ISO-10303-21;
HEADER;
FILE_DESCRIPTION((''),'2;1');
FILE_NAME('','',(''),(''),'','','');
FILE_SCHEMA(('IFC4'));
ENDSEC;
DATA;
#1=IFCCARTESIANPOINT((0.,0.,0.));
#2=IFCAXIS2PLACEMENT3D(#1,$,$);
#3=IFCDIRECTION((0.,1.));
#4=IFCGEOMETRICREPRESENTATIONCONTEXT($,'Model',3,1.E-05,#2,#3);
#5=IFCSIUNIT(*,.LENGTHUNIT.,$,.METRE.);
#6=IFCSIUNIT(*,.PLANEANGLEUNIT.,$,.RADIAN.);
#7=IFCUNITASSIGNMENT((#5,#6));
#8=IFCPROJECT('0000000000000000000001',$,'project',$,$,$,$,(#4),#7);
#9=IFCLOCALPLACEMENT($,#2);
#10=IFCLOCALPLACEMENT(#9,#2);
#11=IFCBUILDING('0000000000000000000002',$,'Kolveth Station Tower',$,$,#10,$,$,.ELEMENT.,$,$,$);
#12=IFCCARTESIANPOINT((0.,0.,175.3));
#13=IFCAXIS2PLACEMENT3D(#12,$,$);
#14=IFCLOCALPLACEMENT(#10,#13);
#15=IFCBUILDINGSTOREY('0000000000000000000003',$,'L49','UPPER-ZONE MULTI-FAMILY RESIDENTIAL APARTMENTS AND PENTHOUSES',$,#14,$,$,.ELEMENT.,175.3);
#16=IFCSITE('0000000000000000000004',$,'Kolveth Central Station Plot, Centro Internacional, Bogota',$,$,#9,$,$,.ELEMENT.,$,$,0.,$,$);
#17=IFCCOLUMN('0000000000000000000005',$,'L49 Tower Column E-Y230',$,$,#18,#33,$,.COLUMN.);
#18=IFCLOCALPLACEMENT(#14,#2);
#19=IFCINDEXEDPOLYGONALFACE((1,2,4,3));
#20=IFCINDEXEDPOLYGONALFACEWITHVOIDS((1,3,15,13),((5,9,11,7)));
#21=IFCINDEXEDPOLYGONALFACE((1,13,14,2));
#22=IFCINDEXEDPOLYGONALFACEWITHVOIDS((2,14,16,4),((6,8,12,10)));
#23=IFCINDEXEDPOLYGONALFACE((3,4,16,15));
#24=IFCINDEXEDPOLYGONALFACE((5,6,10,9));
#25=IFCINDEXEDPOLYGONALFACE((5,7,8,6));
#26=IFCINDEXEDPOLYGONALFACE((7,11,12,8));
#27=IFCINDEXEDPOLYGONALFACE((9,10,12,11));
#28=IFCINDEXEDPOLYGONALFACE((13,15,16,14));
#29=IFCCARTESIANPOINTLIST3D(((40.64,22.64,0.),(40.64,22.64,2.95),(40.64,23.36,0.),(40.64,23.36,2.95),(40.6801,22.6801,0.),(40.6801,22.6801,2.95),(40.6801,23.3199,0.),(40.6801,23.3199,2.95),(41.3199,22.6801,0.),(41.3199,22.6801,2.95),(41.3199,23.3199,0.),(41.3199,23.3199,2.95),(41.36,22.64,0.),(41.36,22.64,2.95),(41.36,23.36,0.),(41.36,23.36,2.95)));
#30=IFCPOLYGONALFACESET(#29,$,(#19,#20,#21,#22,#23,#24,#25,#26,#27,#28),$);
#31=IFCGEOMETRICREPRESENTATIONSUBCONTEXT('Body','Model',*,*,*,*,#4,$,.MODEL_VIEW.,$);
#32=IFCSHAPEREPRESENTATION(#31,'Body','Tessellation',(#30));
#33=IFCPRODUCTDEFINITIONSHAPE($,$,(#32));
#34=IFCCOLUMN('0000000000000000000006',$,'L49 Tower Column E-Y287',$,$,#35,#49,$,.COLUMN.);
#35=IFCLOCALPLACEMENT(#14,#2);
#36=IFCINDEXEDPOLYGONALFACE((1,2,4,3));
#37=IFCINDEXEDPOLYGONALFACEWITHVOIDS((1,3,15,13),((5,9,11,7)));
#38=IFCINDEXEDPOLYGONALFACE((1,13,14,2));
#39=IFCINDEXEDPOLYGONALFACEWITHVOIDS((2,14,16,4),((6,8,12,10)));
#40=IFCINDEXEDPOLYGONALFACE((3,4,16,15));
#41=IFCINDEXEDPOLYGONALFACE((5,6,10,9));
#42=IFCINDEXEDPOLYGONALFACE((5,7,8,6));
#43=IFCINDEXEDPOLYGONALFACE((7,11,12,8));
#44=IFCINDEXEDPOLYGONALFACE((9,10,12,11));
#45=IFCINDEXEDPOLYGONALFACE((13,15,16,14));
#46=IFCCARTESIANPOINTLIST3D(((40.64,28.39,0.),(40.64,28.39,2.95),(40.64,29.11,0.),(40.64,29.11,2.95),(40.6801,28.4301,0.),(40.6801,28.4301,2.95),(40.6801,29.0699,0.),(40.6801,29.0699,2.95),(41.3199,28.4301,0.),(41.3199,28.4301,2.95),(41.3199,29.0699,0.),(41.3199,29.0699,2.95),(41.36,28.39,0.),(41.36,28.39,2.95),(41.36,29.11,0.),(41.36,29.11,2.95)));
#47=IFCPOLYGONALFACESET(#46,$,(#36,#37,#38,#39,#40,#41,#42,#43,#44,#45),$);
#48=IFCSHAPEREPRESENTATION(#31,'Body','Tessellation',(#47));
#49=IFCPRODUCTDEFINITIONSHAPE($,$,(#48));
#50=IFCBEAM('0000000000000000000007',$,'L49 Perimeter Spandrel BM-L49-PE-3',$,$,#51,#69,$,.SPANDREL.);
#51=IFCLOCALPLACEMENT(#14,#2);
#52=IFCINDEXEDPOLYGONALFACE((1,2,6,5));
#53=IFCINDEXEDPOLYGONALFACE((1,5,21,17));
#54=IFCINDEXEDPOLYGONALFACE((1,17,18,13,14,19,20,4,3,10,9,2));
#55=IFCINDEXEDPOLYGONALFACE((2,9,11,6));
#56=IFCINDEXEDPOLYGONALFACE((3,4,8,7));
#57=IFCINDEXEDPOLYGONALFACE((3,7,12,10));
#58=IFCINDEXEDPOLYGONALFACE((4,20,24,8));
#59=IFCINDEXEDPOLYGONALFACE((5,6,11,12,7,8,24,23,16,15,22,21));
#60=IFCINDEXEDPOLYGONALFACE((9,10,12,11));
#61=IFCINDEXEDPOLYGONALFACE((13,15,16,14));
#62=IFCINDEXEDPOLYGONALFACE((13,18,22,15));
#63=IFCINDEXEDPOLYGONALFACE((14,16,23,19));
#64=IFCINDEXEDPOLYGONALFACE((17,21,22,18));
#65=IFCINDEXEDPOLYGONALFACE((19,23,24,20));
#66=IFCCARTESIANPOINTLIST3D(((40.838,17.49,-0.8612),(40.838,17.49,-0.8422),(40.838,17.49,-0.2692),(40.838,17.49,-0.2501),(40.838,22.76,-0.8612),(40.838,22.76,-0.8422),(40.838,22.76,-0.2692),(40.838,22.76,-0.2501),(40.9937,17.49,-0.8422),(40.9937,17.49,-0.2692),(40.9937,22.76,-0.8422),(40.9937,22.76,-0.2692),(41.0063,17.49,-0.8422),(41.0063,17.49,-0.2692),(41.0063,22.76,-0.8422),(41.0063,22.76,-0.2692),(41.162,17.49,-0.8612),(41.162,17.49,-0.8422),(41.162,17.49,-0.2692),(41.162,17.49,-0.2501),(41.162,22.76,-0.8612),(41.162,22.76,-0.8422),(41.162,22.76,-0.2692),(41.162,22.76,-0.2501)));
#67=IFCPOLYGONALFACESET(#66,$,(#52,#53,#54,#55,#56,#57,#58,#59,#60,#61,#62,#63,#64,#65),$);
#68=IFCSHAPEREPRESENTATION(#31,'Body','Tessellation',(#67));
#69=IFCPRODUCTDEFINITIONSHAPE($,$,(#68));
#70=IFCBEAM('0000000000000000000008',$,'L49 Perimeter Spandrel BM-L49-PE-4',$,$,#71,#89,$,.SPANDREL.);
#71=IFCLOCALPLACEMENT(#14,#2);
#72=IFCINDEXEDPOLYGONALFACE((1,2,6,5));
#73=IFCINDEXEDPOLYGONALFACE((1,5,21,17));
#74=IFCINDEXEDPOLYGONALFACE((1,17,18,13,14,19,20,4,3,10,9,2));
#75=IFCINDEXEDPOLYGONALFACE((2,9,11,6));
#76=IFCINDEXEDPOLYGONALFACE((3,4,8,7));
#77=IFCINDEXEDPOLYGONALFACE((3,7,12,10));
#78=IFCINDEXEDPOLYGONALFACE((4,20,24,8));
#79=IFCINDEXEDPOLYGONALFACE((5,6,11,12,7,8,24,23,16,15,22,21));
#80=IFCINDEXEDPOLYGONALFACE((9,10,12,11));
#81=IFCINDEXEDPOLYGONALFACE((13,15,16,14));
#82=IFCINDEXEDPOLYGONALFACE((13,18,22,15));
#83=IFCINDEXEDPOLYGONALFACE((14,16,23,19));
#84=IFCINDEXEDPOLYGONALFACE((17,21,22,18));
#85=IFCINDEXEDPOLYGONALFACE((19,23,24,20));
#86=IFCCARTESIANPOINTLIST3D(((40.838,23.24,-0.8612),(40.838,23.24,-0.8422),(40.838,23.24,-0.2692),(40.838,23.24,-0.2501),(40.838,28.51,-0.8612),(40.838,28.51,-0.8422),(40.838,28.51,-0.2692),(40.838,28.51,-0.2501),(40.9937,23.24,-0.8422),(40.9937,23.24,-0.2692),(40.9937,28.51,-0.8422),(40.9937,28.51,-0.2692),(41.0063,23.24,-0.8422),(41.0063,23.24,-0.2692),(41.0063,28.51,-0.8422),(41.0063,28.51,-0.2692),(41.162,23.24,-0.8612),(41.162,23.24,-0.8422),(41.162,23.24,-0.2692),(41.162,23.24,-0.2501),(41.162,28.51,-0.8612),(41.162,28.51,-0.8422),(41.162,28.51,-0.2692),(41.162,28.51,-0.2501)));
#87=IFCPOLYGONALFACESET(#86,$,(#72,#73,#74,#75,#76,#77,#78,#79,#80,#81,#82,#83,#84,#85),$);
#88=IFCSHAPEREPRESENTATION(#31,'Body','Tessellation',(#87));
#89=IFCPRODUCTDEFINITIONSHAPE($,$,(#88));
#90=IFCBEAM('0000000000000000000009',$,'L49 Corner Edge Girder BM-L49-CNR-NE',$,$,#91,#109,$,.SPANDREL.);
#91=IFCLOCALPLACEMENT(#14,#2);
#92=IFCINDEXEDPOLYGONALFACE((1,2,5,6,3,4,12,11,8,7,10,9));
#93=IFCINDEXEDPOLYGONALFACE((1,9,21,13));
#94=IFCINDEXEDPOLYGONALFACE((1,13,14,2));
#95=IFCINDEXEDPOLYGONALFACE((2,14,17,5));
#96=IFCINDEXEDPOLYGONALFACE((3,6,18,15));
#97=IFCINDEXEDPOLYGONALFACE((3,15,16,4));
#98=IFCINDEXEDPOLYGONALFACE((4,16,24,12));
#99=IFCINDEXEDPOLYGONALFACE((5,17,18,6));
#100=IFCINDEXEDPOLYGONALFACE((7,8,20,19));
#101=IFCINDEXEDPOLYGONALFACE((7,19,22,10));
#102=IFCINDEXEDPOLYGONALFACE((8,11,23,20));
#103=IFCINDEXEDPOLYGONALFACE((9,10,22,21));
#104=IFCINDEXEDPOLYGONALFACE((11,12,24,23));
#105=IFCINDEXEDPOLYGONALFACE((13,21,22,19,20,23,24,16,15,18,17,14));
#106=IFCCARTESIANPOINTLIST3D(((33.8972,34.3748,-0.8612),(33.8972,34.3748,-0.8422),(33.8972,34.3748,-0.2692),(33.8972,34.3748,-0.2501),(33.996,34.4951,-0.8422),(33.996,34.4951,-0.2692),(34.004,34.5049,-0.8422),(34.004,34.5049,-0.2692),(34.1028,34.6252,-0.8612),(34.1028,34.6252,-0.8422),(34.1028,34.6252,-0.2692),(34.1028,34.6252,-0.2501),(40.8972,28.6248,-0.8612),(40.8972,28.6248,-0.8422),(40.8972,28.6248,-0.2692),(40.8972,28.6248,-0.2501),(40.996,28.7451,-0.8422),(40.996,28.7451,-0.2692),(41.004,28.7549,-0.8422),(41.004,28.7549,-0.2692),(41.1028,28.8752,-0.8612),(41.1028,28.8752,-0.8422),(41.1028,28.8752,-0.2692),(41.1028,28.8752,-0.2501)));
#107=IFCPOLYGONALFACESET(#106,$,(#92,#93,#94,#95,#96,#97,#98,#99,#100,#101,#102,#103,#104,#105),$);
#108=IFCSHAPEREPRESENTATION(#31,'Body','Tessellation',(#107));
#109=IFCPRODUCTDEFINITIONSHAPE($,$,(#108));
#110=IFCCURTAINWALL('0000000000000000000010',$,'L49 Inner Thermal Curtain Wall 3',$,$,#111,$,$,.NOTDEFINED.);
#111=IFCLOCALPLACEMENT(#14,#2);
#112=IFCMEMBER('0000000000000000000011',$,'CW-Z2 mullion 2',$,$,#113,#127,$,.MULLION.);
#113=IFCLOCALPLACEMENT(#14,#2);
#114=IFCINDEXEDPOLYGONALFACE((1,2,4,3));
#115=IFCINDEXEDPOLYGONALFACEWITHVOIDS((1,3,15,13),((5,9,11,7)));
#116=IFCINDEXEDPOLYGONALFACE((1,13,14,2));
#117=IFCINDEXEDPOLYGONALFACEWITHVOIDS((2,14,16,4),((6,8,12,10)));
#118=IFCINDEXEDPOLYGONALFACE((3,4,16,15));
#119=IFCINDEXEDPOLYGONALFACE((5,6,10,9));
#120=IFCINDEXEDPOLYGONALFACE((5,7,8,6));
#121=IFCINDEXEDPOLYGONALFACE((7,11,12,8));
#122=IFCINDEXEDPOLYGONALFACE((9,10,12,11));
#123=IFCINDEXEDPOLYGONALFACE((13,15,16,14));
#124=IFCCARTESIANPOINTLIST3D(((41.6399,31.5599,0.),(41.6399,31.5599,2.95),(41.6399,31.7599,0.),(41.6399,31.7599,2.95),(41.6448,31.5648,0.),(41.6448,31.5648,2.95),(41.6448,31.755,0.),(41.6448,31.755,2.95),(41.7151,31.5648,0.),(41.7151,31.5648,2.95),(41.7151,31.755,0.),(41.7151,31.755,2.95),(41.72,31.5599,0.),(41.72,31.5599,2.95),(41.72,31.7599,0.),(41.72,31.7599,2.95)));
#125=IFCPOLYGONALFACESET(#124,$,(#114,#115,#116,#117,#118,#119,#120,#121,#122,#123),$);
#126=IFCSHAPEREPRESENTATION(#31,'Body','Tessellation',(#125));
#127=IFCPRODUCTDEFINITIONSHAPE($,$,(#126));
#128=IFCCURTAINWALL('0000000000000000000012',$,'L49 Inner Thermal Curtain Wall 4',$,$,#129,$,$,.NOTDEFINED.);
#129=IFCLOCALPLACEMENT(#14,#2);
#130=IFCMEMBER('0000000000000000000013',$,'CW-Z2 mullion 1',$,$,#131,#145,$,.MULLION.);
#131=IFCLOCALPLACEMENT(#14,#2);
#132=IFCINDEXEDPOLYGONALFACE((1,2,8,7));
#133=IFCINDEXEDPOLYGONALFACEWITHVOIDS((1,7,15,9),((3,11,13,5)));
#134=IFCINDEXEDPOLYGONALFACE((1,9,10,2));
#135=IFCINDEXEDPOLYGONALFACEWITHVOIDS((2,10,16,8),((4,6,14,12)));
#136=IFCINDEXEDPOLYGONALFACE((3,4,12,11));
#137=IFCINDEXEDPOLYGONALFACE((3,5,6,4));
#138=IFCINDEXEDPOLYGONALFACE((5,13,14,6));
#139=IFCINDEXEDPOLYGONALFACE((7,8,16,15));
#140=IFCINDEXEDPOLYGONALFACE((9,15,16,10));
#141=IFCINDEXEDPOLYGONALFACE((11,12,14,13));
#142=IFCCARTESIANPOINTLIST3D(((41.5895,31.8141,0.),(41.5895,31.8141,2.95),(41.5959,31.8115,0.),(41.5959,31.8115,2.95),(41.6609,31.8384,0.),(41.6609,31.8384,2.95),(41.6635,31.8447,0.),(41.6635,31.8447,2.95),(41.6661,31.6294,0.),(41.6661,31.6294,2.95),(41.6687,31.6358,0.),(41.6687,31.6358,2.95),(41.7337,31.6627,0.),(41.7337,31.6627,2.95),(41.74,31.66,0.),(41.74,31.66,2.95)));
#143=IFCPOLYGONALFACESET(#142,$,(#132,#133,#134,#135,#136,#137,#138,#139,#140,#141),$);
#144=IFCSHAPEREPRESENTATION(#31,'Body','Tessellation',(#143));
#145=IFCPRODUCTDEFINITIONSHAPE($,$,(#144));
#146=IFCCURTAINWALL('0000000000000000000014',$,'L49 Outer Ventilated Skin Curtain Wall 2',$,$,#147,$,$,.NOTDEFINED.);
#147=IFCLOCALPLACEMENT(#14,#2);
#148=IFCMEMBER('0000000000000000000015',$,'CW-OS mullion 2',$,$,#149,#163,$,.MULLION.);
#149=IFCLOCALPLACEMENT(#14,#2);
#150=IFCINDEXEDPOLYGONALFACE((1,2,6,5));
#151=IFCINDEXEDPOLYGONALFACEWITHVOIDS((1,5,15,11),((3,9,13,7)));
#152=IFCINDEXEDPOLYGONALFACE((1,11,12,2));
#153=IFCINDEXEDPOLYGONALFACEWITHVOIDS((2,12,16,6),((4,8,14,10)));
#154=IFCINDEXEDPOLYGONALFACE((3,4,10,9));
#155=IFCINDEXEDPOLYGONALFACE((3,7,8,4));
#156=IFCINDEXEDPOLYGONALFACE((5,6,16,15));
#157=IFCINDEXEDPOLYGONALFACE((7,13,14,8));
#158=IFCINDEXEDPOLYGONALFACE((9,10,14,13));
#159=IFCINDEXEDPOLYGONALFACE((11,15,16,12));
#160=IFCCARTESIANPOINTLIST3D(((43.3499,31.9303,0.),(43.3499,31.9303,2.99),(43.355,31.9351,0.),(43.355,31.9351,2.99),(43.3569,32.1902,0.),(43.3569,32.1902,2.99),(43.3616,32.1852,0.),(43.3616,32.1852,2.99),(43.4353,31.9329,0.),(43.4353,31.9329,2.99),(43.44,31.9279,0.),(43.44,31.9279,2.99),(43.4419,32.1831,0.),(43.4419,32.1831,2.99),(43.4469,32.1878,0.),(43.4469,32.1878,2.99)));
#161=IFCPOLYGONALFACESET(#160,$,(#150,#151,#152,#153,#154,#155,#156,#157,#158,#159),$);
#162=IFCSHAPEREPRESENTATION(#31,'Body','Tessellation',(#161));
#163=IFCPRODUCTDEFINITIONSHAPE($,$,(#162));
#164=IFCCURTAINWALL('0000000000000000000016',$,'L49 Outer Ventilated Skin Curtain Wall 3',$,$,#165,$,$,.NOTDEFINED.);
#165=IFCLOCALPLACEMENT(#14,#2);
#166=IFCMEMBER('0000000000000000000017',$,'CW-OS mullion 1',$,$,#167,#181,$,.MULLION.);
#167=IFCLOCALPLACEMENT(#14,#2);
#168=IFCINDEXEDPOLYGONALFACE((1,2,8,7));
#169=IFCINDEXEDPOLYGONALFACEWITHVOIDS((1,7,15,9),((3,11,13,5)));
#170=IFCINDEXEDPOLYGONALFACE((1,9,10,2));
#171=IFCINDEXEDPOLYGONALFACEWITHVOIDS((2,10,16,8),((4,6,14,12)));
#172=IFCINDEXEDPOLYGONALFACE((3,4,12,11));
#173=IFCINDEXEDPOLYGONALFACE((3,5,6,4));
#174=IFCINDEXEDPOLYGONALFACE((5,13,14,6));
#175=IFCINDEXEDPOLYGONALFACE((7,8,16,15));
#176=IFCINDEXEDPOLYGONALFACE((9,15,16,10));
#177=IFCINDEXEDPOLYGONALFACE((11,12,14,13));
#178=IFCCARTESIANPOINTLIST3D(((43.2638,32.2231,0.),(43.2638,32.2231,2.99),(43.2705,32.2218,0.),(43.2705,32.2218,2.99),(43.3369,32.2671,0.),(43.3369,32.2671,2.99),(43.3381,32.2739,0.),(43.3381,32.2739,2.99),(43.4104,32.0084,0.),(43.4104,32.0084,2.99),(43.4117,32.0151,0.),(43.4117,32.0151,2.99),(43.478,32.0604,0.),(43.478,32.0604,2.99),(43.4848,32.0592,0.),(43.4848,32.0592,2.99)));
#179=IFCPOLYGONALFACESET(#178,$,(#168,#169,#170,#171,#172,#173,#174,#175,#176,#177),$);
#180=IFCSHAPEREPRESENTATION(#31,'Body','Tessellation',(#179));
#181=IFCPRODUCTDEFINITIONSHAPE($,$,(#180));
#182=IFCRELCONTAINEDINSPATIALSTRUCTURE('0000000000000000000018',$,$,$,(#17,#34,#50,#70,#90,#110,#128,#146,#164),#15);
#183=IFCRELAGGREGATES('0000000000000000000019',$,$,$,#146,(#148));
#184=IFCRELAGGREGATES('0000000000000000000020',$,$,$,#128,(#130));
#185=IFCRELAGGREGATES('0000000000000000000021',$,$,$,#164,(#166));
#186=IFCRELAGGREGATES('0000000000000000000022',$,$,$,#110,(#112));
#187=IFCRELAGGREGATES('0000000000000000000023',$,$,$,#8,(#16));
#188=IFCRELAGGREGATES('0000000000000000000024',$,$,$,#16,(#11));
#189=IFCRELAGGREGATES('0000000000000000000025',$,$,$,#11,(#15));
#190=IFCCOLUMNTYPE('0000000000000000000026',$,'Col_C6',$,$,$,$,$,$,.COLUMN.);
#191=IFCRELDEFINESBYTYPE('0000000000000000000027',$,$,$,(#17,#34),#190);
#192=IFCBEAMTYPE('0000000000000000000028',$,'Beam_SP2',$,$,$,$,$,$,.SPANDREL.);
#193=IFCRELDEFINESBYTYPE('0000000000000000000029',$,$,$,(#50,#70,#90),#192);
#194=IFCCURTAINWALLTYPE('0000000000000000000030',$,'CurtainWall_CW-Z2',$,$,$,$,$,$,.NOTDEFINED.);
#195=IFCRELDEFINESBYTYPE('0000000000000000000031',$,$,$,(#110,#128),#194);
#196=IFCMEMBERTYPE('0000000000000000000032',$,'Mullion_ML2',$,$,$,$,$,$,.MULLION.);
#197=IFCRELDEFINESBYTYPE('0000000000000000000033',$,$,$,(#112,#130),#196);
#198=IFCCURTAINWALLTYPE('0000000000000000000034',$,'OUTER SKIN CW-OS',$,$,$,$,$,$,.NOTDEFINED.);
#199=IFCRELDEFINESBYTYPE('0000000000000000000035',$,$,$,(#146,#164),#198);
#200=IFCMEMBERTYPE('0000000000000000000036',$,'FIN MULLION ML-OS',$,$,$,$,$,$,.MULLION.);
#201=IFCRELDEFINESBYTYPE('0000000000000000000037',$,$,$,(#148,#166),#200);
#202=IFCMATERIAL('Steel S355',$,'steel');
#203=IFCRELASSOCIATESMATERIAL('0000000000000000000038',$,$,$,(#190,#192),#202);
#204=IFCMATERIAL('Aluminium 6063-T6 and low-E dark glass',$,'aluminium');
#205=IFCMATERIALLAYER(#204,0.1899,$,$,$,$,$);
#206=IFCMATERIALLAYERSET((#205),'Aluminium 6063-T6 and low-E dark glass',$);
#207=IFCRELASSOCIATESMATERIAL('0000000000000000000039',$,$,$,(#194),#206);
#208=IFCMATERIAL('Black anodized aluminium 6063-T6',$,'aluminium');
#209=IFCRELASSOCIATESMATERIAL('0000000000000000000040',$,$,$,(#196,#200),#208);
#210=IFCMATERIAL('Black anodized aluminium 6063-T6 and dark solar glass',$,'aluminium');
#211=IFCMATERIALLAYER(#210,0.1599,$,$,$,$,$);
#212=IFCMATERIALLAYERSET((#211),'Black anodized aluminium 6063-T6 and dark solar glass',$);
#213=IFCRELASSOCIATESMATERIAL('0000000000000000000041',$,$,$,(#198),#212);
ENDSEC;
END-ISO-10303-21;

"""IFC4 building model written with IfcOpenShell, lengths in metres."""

from ifc_helpers import new_model, si_unit, direction, frame, origin, origin_2d, place, context, subcontext, project, spatial, hollow_rectangle, i_section, extrude, source, transform, mapped, material, layer, layer_set, material_profile, profile_set, type_object, element, aggregate, save


model = new_model("IFC4")

# Units and contexts
model_context = context("Model", 3, precision=1e-05, world=origin(), true_north=direction((0.0, 1.0)))
body_context = subcontext(model_context, "Body", "Model", "MODEL_VIEW")
ifc_project = project(units=[si_unit("LENGTHUNIT", "METRE"), si_unit("PLANEANGLEUNIT", "RADIAN")], contexts=[model_context])

# Site, building, storey
site_placement = place(None, origin())
site = spatial("IfcSite", under=ifc_project, at=site_placement, Name="Kolveth Central Station Plot, Centro Internacional, Bogota", CompositionType="ELEMENT", RefElevation=0.0)
building_placement = place(site_placement, origin())
building = spatial("IfcBuilding", under=site, at=building_placement, Name="Kolveth Station Tower", CompositionType="ELEMENT")
storey_placement = place(building_placement, frame((0.0, 0.0, 175.3)))
storey = spatial("IfcBuildingStorey", under=building, at=storey_placement, Name="L49", Description="UPPER-ZONE MULTI-FAMILY RESIDENTIAL APARTMENTS AND PENTHOUSES", CompositionType="ELEMENT", Elevation=175.3)

# Columns
ifc_material_1 = material(Name="Steel S355", Category="steel")
ifc_material_profile_1 = material_profile(ifc_material_1, hollow_rectangle(XDim=0.72, YDim=0.72, WallThickness=0.04, at=origin_2d()), Name="BOX720x720x40")
ifc_profile_set_1 = profile_set([ifc_material_profile_1], Name="Steel S355")
column_type = type_object("IfcColumnType", Name="Col_C6", PredefinedType="COLUMN", material=ifc_profile_set_1)
shared_shape_1 = source(origin(), body_context, "Body", "SweptSolid", [
    extrude(hollow_rectangle(XDim=0.72, YDim=0.72, WallThickness=0.04, at=origin_2d()), origin(), (0.0, 0.0, 1.0), 2.95),
])
for number, where, z_axis, x_axis, name in (
    (1, (41.0, 23.0, 0.0), (0.0, 0.0, 1.0), (1.0, 0.0, 0.0), "L49 Tower Column E-Y230"),
    (2, (41.0, 28.75, 0.0), (0.0, 0.0, 1.0), (1.0, 0.0, 0.0), "L49 Tower Column E-Y287"),
):
    element("IfcColumn", number, at=place(storey_placement, frame(where, z_axis=z_axis, x_axis=x_axis)), inside=storey, type_object=column_type, Name=name, PredefinedType="COLUMN", context=body_context, shape_type="MappedRepresentation", body=[
        mapped(shared_shape_1, transform((0.0, 0.0, 0.0), x_axis=(1.0, 0.0, 0.0), y_axis=(0.0, 1.0, 0.0), z_axis=(0.0, 0.0, 1.0), scale=1.0)),
    ])

# Beams
ifc_material_profile_2 = material_profile(ifc_material_1, i_section(OverallWidth=0.324, OverallDepth=0.6111, WebThickness=0.0127, FlangeThickness=0.019, at=origin_2d()), Name="W610x155")
ifc_profile_set_2 = profile_set([ifc_material_profile_2], Name="Steel S355")
beam_type = type_object("IfcBeamType", Name="Beam_SP2", PredefinedType="SPANDREL", material=ifc_profile_set_2)
shared_shape_2 = source(origin(), body_context, "Body", "SweptSolid", [
    extrude(i_section(OverallWidth=0.324, OverallDepth=0.6111, WebThickness=0.0127, FlangeThickness=0.019, at=origin_2d()), origin(), (0.0, 0.0, 1.0), 5.27),
])
for number, where, z_axis, x_axis, name in (
    (3, (41.0, 17.49, -0.5557), (0.0, 1.0, 0.0), (-1.0, 0.0, 0.0), "L49 Perimeter Spandrel BM-L49-PE-3"),
    (4, (41.0, 23.24, -0.5557), (0.0, 1.0, 0.0), (-1.0, 0.0, 0.0), "L49 Perimeter Spandrel BM-L49-PE-4"),
):
    element("IfcBeam", number, at=place(storey_placement, frame(where, z_axis=z_axis, x_axis=x_axis)), inside=storey, type_object=beam_type, Name=name, PredefinedType="SPANDREL", context=body_context, shape_type="MappedRepresentation", body=[
        mapped(shared_shape_2, transform((0.0, 0.0, 0.0), x_axis=(1.0, 0.0, 0.0), y_axis=(0.0, 1.0, 0.0), z_axis=(0.0, 0.0, 1.0), scale=1.0)),
    ])
shared_shape_3 = source(origin(), body_context, "Body", "SweptSolid", [
    extrude(i_section(OverallWidth=0.324, OverallDepth=0.6111, WebThickness=0.0127, FlangeThickness=0.019, at=origin_2d()), origin(), (0.0, 0.0, 1.0), 9.0588),
])
beam_placement = place(storey_placement, frame((41.0, 28.75, -0.5557), z_axis=(-0.772726, 0.634739, 0.0), x_axis=(-0.634739, -0.772726, 0.0)))
element("IfcBeam", 5, at=beam_placement, inside=storey, type_object=beam_type, Name="L49 Corner Edge Girder BM-L49-CNR-NE", PredefinedType="SPANDREL", context=body_context, shape_type="MappedRepresentation", body=[
    mapped(shared_shape_3, transform((0.0, 0.0, 0.0), x_axis=(1.0, 0.0, 0.0), y_axis=(0.0, 1.0, 0.0), z_axis=(0.0, 0.0, 1.0), scale=1.0)),
])

# Curtain walls, members
ifc_material_2 = material(Name="Aluminium 6063-T6 and low-E dark glass", Category="aluminium")
ifc_layer_1 = layer(ifc_material_2, 0.1899)
ifc_layer_set_1 = layer_set([ifc_layer_1], Name="Aluminium 6063-T6 and low-E dark glass")
curtain_wall_type_1 = type_object("IfcCurtainWallType", Name="CurtainWall_CW-Z2", PredefinedType="NOTDEFINED", material=ifc_layer_set_1)
curtain_wall_1_placement = place(storey_placement, origin())
curtain_wall_1 = element("IfcCurtainWall", 6, at=curtain_wall_1_placement, inside=storey, type_object=curtain_wall_type_1, Name="L49 Inner Thermal Curtain Wall 3", PredefinedType="NOTDEFINED")
ifc_material_3 = material(Name="Black anodized aluminium 6063-T6", Category="aluminium")
ifc_material_profile_3 = material_profile(ifc_material_3, hollow_rectangle(XDim=0.0801, YDim=0.2, WallThickness=0.0049, at=origin_2d()), Name="ALU-80x200x5")
ifc_profile_set_3 = profile_set([ifc_material_profile_3], Name="Black anodized aluminium 6063-T6")
member_type_1 = type_object("IfcMemberType", Name="Mullion_ML2", PredefinedType="MULLION", material=ifc_profile_set_3)
shared_shape_4 = source(origin(), body_context, "Body", "SweptSolid", [
    extrude(hollow_rectangle(XDim=0.0801, YDim=0.2, WallThickness=0.0049, at=origin_2d()), origin(), (0.0, 0.0, 1.0), 2.95),
])
member_1_placement = place(storey_placement, frame((41.6799, 31.6599, 0.0), z_axis=(0.0, 0.0, 1.0), x_axis=(-1.0, 0.0, 0.0)))
member_1 = element("IfcMember", 7, at=member_1_placement, type_object=member_type_1, Name="CW-Z2 mullion 2", PredefinedType="MULLION", context=body_context, shape_type="MappedRepresentation", body=[
    mapped(shared_shape_4, transform((0.0, 0.0, 0.0), x_axis=(1.0, 0.0, 0.0), y_axis=(0.0, 1.0, 0.0), z_axis=(0.0, 0.0, 1.0), scale=1.0)),
])
curtain_wall_2_placement = place(storey_placement, origin())
curtain_wall_2 = element("IfcCurtainWall", 8, at=curtain_wall_2_placement, inside=storey, type_object=curtain_wall_type_1, Name="L49 Inner Thermal Curtain Wall 4", PredefinedType="NOTDEFINED")
member_2_placement = place(storey_placement, frame((41.6648, 31.7371, 0.0), z_axis=(0.0, 0.0, 1.0), x_axis=(-0.923874, -0.382698, 0.0)))
member_2 = element("IfcMember", 9, at=member_2_placement, type_object=member_type_1, Name="CW-Z2 mullion 1", PredefinedType="MULLION", context=body_context, shape_type="MappedRepresentation", body=[
    mapped(shared_shape_4, transform((0.0, 0.0, 0.0), x_axis=(1.0, 0.0, 0.0), y_axis=(0.0, 1.0, 0.0), z_axis=(0.0, 0.0, 1.0), scale=1.0)),
])
ifc_material_4 = material(Name="Black anodized aluminium 6063-T6 and dark solar glass", Category="aluminium")
ifc_layer_2 = layer(ifc_material_4, 0.1599)
ifc_layer_set_2 = layer_set([ifc_layer_2], Name="Black anodized aluminium 6063-T6 and dark solar glass")
curtain_wall_type_2 = type_object("IfcCurtainWallType", Name="OUTER SKIN CW-OS", PredefinedType="NOTDEFINED", material=ifc_layer_set_2)
curtain_wall_3_placement = place(storey_placement, origin())
curtain_wall_3 = element("IfcCurtainWall", 10, at=curtain_wall_3_placement, inside=storey, type_object=curtain_wall_type_2, Name="L49 Outer Ventilated Skin Curtain Wall 2", PredefinedType="NOTDEFINED")
ifc_material_profile_4 = material_profile(ifc_material_3, hollow_rectangle(XDim=0.0901, YDim=0.26, WallThickness=0.0049, at=origin_2d()), Name="ALU-90x260x5")
ifc_profile_set_4 = profile_set([ifc_material_profile_4], Name="Black anodized aluminium 6063-T6")
member_type_2 = type_object("IfcMemberType", Name="FIN MULLION ML-OS", PredefinedType="MULLION", material=ifc_profile_set_4)
shared_shape_5 = source(origin(), body_context, "Body", "SweptSolid", [
    extrude(hollow_rectangle(XDim=0.0901, YDim=0.26, WallThickness=0.0049, at=origin_2d()), origin(), (0.0, 0.0, 1.0), 2.99),
])
member_3_placement = place(storey_placement, frame((43.3984, 32.0591, 0.0), z_axis=(0.0, 0.0, 1.0), x_axis=(-0.999646, 0.026618, 0.0)))
member_3 = element("IfcMember", 11, at=member_3_placement, type_object=member_type_2, Name="CW-OS mullion 2", PredefinedType="MULLION", context=body_context, shape_type="MappedRepresentation", body=[
    mapped(shared_shape_5, transform((0.0, 0.0, 0.0), x_axis=(1.0, 0.0, 0.0), y_axis=(0.0, 1.0, 0.0), z_axis=(0.0, 0.0, 1.0), scale=1.0)),
])
aggregate(curtain_wall_3, [member_3])
curtain_wall_4_placement = place(storey_placement, origin())
curtain_wall_4 = element("IfcCurtainWall", 12, at=curtain_wall_4_placement, inside=storey, type_object=curtain_wall_type_2, Name="L49 Outer Ventilated Skin Curtain Wall 3", PredefinedType="NOTDEFINED")
member_4_placement = place(storey_placement, frame((43.3743, 32.1411, 0.0), z_axis=(0.0, 0.0, 1.0), x_axis=(-0.825798, -0.563966, 0.0)))
member_4 = element("IfcMember", 13, at=member_4_placement, type_object=member_type_2, Name="CW-OS mullion 1", PredefinedType="MULLION", context=body_context, shape_type="MappedRepresentation", body=[
    mapped(shared_shape_5, transform((0.0, 0.0, 0.0), x_axis=(1.0, 0.0, 0.0), y_axis=(0.0, 1.0, 0.0), z_axis=(0.0, 0.0, 1.0), scale=1.0)),
])

aggregate(curtain_wall_2, [member_2])
aggregate(curtain_wall_4, [member_4])

aggregate(curtain_wall_1, [member_1])

save(model, "model.ifc")
